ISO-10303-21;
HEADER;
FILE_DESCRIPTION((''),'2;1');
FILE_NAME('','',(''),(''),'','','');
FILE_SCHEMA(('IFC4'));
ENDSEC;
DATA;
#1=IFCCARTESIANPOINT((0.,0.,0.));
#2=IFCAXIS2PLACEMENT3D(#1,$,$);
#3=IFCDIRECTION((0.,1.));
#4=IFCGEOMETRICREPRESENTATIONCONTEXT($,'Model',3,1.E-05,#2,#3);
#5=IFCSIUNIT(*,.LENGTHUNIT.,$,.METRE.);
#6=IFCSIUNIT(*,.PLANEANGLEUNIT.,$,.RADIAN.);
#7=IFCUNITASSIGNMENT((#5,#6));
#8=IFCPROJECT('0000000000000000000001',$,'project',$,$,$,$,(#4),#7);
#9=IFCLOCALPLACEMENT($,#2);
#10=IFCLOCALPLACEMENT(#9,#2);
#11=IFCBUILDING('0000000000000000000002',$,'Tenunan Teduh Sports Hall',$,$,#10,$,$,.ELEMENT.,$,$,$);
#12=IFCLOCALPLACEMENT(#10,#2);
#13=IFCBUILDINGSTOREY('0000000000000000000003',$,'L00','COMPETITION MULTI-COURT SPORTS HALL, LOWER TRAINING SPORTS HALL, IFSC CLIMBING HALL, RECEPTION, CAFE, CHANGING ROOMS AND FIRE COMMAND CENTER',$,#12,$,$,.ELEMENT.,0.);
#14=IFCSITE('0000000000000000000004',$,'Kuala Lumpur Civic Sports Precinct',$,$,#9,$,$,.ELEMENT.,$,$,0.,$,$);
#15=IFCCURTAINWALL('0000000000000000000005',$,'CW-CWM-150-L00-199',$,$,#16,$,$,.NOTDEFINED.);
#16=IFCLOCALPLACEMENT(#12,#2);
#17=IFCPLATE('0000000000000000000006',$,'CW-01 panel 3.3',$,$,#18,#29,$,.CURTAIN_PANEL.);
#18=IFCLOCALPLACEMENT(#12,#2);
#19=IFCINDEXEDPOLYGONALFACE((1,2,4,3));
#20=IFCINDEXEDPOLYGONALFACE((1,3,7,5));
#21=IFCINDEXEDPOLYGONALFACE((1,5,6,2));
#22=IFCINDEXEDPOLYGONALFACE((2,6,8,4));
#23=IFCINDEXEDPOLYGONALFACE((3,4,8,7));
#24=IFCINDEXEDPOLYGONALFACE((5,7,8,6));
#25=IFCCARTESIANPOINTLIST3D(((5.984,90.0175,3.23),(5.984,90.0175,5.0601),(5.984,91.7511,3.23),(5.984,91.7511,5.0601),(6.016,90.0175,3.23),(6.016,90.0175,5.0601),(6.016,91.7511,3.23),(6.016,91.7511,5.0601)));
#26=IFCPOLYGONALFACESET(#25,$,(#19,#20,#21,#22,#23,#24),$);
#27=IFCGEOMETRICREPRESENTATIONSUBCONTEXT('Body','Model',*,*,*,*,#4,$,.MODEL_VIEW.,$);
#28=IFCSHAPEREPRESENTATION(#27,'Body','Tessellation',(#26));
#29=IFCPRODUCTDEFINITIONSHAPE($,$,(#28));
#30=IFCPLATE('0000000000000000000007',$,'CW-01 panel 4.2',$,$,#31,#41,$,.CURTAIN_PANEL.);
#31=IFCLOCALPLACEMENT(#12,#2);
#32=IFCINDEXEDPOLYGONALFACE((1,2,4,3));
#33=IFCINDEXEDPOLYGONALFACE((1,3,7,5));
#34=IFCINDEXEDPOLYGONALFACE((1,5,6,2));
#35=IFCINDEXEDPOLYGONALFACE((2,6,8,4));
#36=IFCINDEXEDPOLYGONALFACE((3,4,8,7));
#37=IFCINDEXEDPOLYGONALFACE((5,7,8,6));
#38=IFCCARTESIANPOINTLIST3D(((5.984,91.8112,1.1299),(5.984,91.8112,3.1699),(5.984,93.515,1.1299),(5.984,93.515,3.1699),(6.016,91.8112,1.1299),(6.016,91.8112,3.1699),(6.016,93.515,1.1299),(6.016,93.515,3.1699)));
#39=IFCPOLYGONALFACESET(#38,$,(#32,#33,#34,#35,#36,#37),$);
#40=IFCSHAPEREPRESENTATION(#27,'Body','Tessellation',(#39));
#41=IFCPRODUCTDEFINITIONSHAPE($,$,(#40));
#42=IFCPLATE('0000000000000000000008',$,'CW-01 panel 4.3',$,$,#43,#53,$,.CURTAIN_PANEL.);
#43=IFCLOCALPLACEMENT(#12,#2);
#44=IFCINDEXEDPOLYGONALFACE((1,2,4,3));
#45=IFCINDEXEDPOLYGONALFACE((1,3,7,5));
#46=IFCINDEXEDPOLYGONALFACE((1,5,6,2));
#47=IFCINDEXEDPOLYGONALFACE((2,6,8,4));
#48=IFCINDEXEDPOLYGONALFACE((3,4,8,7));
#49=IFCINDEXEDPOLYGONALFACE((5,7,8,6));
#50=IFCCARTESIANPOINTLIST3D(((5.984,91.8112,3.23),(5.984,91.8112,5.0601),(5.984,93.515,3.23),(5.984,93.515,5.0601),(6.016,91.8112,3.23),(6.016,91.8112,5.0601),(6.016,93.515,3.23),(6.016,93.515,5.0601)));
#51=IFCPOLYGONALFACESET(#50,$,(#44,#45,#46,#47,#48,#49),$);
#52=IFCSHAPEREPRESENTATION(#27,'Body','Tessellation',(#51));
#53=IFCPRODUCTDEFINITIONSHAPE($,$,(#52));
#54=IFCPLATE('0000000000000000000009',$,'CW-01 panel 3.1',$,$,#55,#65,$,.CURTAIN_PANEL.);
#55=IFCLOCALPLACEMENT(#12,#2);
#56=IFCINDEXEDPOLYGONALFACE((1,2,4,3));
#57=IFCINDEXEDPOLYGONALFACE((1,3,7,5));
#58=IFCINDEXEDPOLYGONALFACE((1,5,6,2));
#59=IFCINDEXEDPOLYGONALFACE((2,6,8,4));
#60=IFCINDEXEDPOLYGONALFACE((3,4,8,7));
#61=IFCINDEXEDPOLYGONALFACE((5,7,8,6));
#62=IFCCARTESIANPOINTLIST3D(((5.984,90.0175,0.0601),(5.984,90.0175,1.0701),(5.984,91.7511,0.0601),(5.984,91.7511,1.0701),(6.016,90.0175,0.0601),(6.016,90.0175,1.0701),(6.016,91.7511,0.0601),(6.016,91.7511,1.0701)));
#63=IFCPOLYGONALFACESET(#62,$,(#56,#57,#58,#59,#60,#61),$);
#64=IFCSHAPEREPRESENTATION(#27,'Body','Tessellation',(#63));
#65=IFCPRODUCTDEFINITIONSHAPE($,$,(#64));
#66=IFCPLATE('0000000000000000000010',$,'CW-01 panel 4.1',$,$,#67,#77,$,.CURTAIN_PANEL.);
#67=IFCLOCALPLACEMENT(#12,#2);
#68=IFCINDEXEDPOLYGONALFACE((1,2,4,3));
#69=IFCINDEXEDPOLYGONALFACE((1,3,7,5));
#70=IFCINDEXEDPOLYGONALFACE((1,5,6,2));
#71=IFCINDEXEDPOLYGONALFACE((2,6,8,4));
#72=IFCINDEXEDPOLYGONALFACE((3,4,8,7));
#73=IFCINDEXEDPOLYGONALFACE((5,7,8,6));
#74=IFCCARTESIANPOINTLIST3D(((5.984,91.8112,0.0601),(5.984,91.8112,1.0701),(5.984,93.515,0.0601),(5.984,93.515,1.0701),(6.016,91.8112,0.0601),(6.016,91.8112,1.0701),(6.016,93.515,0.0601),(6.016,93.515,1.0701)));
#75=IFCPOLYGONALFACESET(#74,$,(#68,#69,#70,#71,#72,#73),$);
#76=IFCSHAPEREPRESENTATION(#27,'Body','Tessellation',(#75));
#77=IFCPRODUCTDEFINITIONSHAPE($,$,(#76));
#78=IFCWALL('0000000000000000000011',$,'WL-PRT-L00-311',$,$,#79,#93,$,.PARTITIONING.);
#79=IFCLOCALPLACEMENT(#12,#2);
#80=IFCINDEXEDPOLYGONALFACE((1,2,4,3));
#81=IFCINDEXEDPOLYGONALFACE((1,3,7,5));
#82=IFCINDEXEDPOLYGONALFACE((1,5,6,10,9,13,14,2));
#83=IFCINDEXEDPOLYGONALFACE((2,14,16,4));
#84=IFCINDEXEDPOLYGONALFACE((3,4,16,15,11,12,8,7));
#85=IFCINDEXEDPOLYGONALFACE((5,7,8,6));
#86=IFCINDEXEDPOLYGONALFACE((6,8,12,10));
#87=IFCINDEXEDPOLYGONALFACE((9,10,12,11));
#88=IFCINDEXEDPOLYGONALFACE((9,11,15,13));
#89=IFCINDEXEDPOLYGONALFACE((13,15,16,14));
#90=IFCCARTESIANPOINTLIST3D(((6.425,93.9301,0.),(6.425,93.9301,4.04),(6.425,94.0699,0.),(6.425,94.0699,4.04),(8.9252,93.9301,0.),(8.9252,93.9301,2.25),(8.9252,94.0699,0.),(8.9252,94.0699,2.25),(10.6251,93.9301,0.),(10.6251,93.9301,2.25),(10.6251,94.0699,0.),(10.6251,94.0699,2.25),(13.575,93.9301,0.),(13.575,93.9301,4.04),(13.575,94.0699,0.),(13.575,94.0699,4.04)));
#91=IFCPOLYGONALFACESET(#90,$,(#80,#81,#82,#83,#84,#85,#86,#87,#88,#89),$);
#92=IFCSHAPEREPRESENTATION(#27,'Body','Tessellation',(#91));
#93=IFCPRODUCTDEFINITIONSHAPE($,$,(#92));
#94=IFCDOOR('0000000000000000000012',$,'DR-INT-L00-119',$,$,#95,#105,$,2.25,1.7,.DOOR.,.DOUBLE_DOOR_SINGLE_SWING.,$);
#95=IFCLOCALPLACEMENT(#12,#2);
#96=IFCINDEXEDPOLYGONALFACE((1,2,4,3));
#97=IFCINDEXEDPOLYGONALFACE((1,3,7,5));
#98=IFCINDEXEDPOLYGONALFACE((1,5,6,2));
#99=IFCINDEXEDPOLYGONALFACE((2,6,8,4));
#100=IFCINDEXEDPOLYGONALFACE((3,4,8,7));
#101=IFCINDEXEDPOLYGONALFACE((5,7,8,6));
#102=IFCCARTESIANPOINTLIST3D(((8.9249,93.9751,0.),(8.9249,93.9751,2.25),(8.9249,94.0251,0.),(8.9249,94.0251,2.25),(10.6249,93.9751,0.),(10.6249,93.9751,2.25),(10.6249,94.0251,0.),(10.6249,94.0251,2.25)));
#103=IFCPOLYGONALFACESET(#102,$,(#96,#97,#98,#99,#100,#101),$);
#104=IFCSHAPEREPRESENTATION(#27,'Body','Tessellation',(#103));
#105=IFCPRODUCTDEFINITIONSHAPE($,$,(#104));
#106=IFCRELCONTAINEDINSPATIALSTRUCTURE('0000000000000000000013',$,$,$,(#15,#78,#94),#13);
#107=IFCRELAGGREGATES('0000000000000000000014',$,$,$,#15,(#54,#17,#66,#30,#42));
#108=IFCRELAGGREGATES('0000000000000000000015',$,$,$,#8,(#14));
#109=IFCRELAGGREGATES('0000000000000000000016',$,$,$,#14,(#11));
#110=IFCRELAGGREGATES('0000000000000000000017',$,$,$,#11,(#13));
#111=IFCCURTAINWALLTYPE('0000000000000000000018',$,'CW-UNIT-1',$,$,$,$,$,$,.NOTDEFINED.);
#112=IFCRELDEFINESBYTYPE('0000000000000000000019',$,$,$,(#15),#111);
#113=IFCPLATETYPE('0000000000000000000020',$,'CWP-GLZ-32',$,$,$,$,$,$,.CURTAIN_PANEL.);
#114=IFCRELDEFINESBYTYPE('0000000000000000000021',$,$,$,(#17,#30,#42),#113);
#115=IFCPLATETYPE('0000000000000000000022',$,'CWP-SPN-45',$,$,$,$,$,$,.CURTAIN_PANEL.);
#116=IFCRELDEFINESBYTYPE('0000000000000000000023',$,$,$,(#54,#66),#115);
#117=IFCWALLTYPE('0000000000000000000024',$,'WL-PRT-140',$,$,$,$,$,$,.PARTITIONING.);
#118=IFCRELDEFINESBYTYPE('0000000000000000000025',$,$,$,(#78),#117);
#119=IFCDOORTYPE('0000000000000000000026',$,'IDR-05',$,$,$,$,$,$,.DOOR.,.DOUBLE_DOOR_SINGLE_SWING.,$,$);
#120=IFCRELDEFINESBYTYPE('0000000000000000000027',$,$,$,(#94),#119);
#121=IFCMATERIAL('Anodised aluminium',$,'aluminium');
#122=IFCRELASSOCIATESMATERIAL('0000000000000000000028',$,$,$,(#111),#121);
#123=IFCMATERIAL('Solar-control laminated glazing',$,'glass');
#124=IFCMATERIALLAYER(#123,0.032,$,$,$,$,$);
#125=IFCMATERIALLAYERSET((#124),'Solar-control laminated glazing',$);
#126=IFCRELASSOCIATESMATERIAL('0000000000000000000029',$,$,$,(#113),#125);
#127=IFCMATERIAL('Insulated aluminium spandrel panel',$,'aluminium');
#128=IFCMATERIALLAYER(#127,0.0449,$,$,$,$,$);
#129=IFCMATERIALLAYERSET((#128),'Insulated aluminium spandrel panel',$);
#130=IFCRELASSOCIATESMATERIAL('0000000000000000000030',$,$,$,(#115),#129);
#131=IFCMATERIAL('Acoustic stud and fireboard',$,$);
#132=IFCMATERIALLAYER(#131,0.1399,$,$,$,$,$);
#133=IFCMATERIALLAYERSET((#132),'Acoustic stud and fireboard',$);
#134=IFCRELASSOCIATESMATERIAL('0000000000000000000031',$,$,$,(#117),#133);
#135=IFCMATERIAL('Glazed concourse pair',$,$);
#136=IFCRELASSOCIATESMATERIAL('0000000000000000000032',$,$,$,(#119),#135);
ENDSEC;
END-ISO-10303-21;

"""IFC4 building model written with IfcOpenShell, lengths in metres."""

from ifc_helpers import new_model, si_unit, direction, frame, frame_2d, origin, origin_2d, place, context, subcontext, project, spatial, rectangle, extrude, material, layer, layer_set, type_object, element, fill, aggregate, save


model = new_model("IFC4")

# Units and contexts
model_context = context("Model", 3, precision=1e-05, world=origin(), true_north=direction((0.0, 1.0)))
body_context = subcontext(model_context, "Body", "Model", "MODEL_VIEW")
ifc_project = project(units=[si_unit("LENGTHUNIT", "METRE"), si_unit("PLANEANGLEUNIT", "RADIAN")], contexts=[model_context])

# Site, building, storey
site_placement = place(None, origin())
site = spatial("IfcSite", under=ifc_project, at=site_placement, Name="Kuala Lumpur Civic Sports Precinct", CompositionType="ELEMENT", RefElevation=0.0)
building_placement = place(site_placement, origin())
building = spatial("IfcBuilding", under=site, at=building_placement, Name="Tenunan Teduh Sports Hall", CompositionType="ELEMENT")
storey_placement = place(building_placement, origin())
storey = spatial("IfcBuildingStorey", under=building, at=storey_placement, Name="L00", Description="COMPETITION MULTI-COURT SPORTS HALL, LOWER TRAINING SPORTS HALL, IFSC CLIMBING HALL, RECEPTION, CAFE, CHANGING ROOMS AND FIRE COMMAND CENTER", CompositionType="ELEMENT", Elevation=0.0)

# Curtain wall
ifc_material_1 = material(Name="Anodised aluminium", Category="aluminium")
curtain_wall_type = type_object("IfcCurtainWallType", Name="CW-UNIT-1", PredefinedType="NOTDEFINED", material=ifc_material_1)
curtain_wall_placement = place(storey_placement, origin())
curtain_wall = element("IfcCurtainWall", 1, at=curtain_wall_placement, inside=storey, type_object=curtain_wall_type, Name="CW-CWM-150-L00-199", PredefinedType="NOTDEFINED")

# Plates
ifc_material_2 = material(Name="Solar-control laminated glazing", Category="glass")
ifc_layer_1 = layer(ifc_material_2, 0.032)
ifc_layer_set_1 = layer_set([ifc_layer_1], Name="Solar-control laminated glazing")
plate_type_1 = type_object("IfcPlateType", Name="CWP-GLZ-32", PredefinedType="CURTAIN_PANEL", material=ifc_layer_set_1)
plate_1_placement = place(storey_placement, frame((6.0, 90.8843, 3.23), z_axis=(0.0, 0.0, 1.0), x_axis=(0.0, 1.0, 0.0)))
plate_1 = element("IfcPlate", 2, at=plate_1_placement, type_object=plate_type_1, Name="CW-01 panel 3.3", PredefinedType="CURTAIN_PANEL", context=body_context, shape_type="SweptSolid", body=[
    extrude(rectangle(XDim=1.7336, YDim=0.032, at=origin_2d()), origin(), (0.0, 0.0, 1.0), 1.8301),
])
plate_2_placement = place(storey_placement, frame((6.0, 92.6631, 1.1299), z_axis=(0.0, 0.0, 1.0), x_axis=(0.0, 1.0, 0.0)))
plate_2 = element("IfcPlate", 3, at=plate_2_placement, type_object=plate_type_1, Name="CW-01 panel 4.2", PredefinedType="CURTAIN_PANEL", context=body_context, shape_type="SweptSolid", body=[
    extrude(rectangle(XDim=1.7039, YDim=0.032, at=origin_2d()), origin(), (0.0, 0.0, 1.0), 2.04),
])
plate_3_placement = place(storey_placement, frame((6.0, 92.6631, 3.23), z_axis=(0.0, 0.0, 1.0), x_axis=(0.0, 1.0, 0.0)))
plate_3 = element("IfcPlate", 4, at=plate_3_placement, type_object=plate_type_1, Name="CW-01 panel 4.3", PredefinedType="CURTAIN_PANEL", context=body_context, shape_type="SweptSolid", body=[
    extrude(rectangle(XDim=1.7039, YDim=0.032, at=origin_2d()), origin(), (0.0, 0.0, 1.0), 1.8301),
])
ifc_material_3 = material(Name="Insulated aluminium spandrel panel", Category="aluminium")
ifc_layer_2 = layer(ifc_material_3, 0.0449)
ifc_layer_set_2 = layer_set([ifc_layer_2], Name="Insulated aluminium spandrel panel")
plate_type_2 = type_object("IfcPlateType", Name="CWP-SPN-45", PredefinedType="CURTAIN_PANEL", material=ifc_layer_set_2)
plate_4_placement = place(storey_placement, frame((6.0, 90.8843, 0.0601), z_axis=(0.0, 0.0, 1.0), x_axis=(0.0, 1.0, 0.0)))
plate_4 = element("IfcPlate", 5, at=plate_4_placement, type_object=plate_type_2, Name="CW-01 panel 3.1", PredefinedType="CURTAIN_PANEL", context=body_context, shape_type="SweptSolid", body=[
    extrude(rectangle(XDim=1.7336, YDim=0.032, at=origin_2d()), origin(), (0.0, 0.0, 1.0), 1.01),
])
plate_5_placement = place(storey_placement, frame((6.0, 92.6631, 0.0601), z_axis=(0.0, 0.0, 1.0), x_axis=(0.0, 1.0, 0.0)))
plate_5 = element("IfcPlate", 6, at=plate_5_placement, type_object=plate_type_2, Name="CW-01 panel 4.1", PredefinedType="CURTAIN_PANEL", context=body_context, shape_type="SweptSolid", body=[
    extrude(rectangle(XDim=1.7039, YDim=0.032, at=origin_2d()), origin(), (0.0, 0.0, 1.0), 1.01),
])
aggregate(curtain_wall, [plate_4, plate_1, plate_5, plate_2, plate_3])

# Wall, opening, door
ifc_material_4 = material(Name="Acoustic stud and fireboard")
ifc_layer_3 = layer(ifc_material_4, 0.1399)
ifc_layer_set_3 = layer_set([ifc_layer_3], Name="Acoustic stud and fireboard")
wall_type = type_object("IfcWallType", Name="WL-PRT-140", PredefinedType="PARTITIONING", material=ifc_layer_set_3)
wall_placement = place(storey_placement, frame((6.425, 94.0, 0.0), z_axis=(0.0, 0.0, 1.0), x_axis=(1.0, 0.0, 0.0)))
wall = element("IfcWall", 7, at=wall_placement, inside=storey, type_object=wall_type, Name="WL-PRT-L00-311", PredefinedType="PARTITIONING", context=body_context, shape_type="SweptSolid", body=[
    extrude(rectangle(XDim=7.1499, YDim=0.1399, at=frame_2d((3.575, 0.0))), origin(), (0.0, 0.0, 1.0), 4.04),
])
opening_placement = place(wall_placement, frame((2.5, 0.0, 0.0)))
opening = element("IfcOpeningElement", 8, at=opening_placement, cuts=wall, PredefinedType="OPENING", context=body_context, shape_type="SweptSolid", body=[
    extrude(rectangle(XDim=1.7, YDim=2.25, at=frame_2d((0.8501, 1.125))), frame((0.0, 0.0798, 0.0), z_axis=(0.0, -1.0, 0.0), x_axis=(1.0, 0.0, 0.0)), (0.0, 0.0, 1.0), 0.1599),
])
ifc_material_5 = material(Name="Glazed concourse pair")
door_type = type_object("IfcDoorType", Name="IDR-05", OperationType="DOUBLE_DOOR_SINGLE_SWING", PredefinedType="DOOR", material=ifc_material_5)
door_placement = place(opening_placement, frame((1.7, 0.0, 0.0), z_axis=(0.0, 0.0, 1.0), x_axis=(-1.0, 0.0, 0.0)))
door = element("IfcDoor", 9, at=door_placement, inside=storey, type_object=door_type, Name="DR-INT-L00-119", OperationType="DOUBLE_DOOR_SINGLE_SWING", OverallHeight=2.25, OverallWidth=1.7, PredefinedType="DOOR", context=body_context, shape_type="SweptSolid", body=[
    extrude(rectangle(XDim=1.7, YDim=2.25, at=frame_2d((0.8501, 1.125))), frame((0.0, 0.0249, 0.0), z_axis=(0.0, -1.0, 0.0), x_axis=(1.0, 0.0, 0.0)), (0.0, 0.0, 1.0), 0.05),
])
fill(opening, door)

save(model, "model.ifc")
